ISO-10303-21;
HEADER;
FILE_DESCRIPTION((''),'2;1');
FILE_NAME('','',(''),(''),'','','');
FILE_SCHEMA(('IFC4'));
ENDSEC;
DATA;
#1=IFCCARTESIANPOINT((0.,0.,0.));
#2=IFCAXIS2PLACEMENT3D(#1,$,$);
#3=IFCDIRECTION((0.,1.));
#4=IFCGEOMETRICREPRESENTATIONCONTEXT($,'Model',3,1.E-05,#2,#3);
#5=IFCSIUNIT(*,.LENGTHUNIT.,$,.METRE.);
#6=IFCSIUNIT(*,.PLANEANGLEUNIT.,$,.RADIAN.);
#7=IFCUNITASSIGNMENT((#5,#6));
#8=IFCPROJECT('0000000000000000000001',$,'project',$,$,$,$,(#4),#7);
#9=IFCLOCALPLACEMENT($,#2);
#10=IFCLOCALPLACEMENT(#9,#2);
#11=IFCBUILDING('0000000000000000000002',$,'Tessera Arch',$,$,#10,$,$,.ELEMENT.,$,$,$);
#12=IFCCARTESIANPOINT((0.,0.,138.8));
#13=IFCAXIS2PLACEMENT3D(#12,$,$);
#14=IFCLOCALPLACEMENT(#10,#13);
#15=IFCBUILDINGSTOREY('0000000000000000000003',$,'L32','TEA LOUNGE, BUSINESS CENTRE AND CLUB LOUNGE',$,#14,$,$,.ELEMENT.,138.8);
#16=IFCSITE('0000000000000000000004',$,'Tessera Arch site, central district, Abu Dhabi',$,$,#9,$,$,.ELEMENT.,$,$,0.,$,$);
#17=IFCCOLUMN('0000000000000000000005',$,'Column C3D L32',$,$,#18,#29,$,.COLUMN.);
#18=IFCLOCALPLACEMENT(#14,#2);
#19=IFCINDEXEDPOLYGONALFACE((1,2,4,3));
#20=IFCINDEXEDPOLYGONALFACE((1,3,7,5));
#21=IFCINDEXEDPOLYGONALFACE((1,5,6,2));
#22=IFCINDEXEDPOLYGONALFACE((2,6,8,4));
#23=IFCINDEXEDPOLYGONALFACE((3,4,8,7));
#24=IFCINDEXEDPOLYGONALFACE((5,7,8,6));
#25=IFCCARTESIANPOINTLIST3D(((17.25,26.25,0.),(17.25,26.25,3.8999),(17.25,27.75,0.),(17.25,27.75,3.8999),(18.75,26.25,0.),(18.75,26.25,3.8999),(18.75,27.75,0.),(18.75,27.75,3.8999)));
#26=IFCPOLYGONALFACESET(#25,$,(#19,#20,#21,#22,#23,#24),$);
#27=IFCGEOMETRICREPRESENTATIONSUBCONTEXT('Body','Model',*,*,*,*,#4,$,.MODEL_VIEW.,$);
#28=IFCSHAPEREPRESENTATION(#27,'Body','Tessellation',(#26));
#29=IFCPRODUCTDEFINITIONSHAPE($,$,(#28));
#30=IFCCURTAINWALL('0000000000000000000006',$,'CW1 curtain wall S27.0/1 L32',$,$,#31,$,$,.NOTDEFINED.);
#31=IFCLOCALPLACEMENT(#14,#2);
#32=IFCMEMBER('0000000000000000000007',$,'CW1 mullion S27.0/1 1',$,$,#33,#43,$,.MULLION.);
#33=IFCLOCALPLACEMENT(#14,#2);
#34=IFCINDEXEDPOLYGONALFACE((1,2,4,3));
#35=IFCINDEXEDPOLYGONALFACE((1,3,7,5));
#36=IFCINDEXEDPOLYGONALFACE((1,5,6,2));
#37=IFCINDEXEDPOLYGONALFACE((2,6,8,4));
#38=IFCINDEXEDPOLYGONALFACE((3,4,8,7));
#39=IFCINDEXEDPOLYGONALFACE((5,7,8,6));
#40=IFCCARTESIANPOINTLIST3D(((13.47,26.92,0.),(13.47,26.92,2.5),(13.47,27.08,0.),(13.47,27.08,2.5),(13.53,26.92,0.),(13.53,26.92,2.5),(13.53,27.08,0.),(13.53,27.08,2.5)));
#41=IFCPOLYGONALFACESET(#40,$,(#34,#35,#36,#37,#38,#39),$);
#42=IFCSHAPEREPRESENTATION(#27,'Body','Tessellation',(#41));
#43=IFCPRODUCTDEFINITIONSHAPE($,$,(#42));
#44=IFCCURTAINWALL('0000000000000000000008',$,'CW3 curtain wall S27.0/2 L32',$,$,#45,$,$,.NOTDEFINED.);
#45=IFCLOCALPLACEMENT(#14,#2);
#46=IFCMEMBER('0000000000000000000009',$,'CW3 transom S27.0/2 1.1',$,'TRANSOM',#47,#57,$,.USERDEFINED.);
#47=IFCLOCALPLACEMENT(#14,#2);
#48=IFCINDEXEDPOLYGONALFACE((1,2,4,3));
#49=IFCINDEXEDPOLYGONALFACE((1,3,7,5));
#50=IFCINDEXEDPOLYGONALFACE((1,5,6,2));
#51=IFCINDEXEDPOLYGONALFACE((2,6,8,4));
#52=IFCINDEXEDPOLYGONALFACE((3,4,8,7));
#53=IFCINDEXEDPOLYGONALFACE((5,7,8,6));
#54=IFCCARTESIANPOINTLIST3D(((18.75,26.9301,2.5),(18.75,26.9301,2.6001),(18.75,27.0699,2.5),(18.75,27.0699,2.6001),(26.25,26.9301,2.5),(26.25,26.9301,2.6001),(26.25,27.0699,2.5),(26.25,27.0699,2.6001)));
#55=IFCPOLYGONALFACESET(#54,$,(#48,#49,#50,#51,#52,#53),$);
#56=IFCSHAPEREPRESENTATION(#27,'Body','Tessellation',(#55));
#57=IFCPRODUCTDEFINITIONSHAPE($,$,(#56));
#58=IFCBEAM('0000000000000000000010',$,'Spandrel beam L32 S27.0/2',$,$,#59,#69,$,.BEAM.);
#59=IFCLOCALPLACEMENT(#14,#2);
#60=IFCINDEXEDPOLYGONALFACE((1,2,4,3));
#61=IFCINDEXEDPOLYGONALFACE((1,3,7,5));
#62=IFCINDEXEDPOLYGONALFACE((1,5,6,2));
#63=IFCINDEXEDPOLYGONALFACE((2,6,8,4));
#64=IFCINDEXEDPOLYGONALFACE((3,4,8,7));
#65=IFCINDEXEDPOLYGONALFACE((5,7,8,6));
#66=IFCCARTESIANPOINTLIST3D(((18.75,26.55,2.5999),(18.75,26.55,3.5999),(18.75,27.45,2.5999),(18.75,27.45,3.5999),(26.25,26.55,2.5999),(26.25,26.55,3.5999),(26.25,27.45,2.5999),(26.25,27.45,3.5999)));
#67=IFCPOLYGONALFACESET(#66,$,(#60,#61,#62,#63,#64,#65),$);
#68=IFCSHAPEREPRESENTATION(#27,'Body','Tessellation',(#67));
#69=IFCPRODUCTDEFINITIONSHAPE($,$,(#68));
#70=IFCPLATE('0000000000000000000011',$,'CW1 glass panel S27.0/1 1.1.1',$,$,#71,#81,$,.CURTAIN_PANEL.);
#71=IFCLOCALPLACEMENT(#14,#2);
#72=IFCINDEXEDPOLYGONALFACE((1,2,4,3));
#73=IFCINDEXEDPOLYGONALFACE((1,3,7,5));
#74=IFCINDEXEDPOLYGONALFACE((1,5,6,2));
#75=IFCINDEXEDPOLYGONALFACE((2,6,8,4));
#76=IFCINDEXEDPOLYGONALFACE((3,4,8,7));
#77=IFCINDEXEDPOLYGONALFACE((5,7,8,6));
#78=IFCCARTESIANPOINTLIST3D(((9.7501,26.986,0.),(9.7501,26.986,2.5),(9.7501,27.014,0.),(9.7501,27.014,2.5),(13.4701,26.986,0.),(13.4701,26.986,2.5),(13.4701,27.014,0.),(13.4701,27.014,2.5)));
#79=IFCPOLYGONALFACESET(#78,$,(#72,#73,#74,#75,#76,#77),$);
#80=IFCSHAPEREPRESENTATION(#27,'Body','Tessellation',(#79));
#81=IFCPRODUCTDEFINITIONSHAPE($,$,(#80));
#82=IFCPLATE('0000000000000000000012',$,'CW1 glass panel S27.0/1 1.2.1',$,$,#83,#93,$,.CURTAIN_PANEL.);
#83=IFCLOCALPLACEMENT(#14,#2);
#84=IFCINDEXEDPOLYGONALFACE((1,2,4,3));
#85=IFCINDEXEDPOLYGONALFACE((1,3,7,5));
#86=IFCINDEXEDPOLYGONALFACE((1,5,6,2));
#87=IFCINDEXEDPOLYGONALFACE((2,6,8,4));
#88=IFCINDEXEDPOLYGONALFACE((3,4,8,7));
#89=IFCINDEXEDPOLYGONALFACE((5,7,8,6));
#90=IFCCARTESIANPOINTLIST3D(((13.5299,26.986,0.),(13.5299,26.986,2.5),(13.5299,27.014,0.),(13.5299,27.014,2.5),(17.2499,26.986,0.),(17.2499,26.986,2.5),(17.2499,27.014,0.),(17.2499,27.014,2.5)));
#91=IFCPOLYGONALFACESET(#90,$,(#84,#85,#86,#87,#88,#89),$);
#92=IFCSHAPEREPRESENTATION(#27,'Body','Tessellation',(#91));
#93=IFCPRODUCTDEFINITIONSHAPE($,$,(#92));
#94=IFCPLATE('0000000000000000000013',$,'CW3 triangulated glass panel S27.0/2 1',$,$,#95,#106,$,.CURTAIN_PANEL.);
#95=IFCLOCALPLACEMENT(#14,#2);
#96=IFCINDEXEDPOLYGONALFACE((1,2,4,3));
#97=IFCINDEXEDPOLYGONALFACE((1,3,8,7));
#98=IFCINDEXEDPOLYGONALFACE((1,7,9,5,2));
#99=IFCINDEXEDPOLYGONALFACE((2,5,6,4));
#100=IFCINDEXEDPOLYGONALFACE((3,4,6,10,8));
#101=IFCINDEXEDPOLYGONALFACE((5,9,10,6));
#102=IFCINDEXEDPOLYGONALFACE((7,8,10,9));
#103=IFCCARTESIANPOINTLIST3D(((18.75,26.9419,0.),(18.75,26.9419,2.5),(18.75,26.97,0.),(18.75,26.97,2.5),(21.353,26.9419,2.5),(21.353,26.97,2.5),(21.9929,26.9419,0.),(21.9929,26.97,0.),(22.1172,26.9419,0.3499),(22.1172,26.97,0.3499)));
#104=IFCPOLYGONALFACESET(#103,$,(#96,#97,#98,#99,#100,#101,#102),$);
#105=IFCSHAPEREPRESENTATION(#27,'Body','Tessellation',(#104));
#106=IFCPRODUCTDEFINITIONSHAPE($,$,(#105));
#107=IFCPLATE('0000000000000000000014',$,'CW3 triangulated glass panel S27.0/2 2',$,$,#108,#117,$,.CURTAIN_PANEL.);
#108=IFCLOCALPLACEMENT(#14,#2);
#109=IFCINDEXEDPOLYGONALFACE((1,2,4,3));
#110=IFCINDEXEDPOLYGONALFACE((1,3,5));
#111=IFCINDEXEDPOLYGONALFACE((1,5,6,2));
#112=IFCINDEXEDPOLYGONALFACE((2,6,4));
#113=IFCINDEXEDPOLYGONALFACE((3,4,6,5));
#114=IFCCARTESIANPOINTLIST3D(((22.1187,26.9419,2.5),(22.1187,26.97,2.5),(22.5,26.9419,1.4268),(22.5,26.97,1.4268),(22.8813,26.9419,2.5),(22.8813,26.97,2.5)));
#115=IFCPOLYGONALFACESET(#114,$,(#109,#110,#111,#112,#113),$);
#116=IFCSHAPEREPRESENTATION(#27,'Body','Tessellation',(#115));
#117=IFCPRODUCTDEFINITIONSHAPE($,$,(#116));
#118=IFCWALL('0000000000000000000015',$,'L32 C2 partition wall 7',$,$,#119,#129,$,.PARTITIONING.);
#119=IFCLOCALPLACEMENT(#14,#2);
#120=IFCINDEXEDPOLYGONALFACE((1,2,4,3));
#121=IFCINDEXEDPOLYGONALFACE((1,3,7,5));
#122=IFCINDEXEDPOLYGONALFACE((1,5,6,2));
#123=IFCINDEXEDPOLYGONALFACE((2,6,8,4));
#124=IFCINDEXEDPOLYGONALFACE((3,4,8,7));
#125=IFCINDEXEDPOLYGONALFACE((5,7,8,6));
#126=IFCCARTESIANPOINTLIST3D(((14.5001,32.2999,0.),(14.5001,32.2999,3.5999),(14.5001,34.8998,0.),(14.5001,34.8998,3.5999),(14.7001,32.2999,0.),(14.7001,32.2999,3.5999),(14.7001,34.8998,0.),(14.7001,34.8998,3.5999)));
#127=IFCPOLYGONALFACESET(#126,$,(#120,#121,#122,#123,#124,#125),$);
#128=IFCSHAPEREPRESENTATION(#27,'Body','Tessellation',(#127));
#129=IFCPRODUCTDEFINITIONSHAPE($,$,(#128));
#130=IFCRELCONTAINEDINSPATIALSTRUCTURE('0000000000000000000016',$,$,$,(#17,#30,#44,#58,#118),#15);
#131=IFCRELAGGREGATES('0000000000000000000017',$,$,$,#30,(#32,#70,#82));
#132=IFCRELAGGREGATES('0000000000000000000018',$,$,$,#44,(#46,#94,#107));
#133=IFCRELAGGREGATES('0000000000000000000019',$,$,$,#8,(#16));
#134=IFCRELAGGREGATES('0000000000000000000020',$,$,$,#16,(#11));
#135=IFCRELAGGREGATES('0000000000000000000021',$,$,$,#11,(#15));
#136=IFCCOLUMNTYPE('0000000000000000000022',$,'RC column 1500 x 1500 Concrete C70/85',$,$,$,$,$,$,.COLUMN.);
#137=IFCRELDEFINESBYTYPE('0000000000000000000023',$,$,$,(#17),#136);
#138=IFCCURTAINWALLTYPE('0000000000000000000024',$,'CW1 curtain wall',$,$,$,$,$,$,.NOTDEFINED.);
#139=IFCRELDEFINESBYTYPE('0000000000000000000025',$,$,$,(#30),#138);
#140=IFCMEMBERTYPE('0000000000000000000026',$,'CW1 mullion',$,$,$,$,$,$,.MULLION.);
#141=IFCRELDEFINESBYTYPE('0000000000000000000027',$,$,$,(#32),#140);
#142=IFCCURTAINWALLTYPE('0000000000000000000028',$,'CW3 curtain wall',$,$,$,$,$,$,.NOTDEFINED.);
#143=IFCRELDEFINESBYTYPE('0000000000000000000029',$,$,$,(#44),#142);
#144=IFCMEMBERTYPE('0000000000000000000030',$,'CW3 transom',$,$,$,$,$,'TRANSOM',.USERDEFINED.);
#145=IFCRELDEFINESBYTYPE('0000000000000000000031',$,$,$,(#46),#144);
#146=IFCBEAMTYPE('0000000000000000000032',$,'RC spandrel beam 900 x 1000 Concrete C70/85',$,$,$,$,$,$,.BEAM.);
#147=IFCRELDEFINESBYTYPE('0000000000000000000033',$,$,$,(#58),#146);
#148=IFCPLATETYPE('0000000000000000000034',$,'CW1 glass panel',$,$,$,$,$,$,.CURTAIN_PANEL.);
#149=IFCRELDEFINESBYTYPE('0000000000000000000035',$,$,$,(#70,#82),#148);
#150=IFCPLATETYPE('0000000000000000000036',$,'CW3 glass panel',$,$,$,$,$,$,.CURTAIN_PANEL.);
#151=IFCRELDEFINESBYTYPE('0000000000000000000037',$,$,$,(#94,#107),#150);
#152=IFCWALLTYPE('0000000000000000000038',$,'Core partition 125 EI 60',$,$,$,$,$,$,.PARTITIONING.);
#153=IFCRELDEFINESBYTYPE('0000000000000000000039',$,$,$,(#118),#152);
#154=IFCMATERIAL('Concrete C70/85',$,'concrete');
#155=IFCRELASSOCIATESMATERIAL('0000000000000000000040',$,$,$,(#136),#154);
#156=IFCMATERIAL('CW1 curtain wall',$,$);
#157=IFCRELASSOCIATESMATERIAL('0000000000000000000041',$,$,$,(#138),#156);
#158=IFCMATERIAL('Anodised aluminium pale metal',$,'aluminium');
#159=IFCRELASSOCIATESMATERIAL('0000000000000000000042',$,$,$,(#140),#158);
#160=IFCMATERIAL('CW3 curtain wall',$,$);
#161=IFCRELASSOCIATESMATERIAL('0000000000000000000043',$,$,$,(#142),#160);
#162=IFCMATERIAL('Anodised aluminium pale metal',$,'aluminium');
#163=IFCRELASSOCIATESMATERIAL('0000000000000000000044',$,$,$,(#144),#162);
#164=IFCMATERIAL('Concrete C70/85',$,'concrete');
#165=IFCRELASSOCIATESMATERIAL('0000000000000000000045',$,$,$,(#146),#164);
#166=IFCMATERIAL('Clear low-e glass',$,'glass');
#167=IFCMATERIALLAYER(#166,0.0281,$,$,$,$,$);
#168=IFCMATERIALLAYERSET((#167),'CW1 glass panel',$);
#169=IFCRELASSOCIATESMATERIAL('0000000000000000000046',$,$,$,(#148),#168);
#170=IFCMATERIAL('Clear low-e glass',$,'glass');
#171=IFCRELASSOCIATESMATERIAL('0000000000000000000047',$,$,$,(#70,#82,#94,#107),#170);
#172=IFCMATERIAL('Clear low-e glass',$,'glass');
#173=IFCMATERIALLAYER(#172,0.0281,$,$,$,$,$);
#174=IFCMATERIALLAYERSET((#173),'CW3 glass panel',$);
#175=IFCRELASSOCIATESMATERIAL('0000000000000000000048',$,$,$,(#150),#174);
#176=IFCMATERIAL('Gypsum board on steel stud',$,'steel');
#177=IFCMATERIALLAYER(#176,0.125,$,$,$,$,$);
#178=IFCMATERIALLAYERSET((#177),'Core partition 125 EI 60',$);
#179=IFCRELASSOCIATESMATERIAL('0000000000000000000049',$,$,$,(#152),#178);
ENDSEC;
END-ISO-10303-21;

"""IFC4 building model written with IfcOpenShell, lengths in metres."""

from ifc_helpers import new_model, si_unit, direction, frame, frame_2d, origin, origin_2d, place, context, subcontext, project, spatial, polyline, rectangle, outline, extrude, material, layer, layer_set, material_profile, profile_set, type_object, element, aggregate, save


model = new_model("IFC4")

# Units and contexts
model_context = context("Model", 3, precision=1e-05, world=origin(), true_north=direction((0.0, 1.0)))
body_context = subcontext(model_context, "Body", "Model", "MODEL_VIEW")
ifc_project = project(units=[si_unit("LENGTHUNIT", "METRE"), si_unit("PLANEANGLEUNIT", "RADIAN")], contexts=[model_context])

# Site, building, storey
site_placement = place(None, origin())
site = spatial("IfcSite", under=ifc_project, at=site_placement, Name="Tessera Arch site, central district, Abu Dhabi", CompositionType="ELEMENT", RefElevation=0.0)
building_placement = place(site_placement, origin())
building = spatial("IfcBuilding", under=site, at=building_placement, Name="Tessera Arch", CompositionType="ELEMENT")
storey_placement = place(building_placement, frame((0.0, 0.0, 138.8)))
storey = spatial("IfcBuildingStorey", under=building, at=storey_placement, Name="L32", Description="TEA LOUNGE, BUSINESS CENTRE AND CLUB LOUNGE", CompositionType="ELEMENT", Elevation=138.8)

# Column
ifc_material_1 = material(Name="Concrete C70/85", Category="concrete")
ifc_material_profile_1 = material_profile(ifc_material_1, rectangle(XDim=1.5, YDim=1.5, at=origin_2d()), Name="RC column 1500 x 1500 Concrete C70/85")
ifc_profile_set_1 = profile_set([ifc_material_profile_1], Name="Concrete C70/85")
column_type = type_object("IfcColumnType", Name="RC column 1500 x 1500 Concrete C70/85", PredefinedType="COLUMN", material=ifc_profile_set_1)
column_placement = place(storey_placement, frame((18.0, 27.0, 0.0), z_axis=(0.0, 0.0, 1.0), x_axis=(1.0, 0.0, 0.0)))
element("IfcColumn", 1, at=column_placement, inside=storey, type_object=column_type, Name="Column C3D L32", PredefinedType="COLUMN", context=body_context, shape_type="SweptSolid", body=[
    extrude(rectangle(XDim=1.5, YDim=1.5, at=origin_2d()), origin(), (0.0, 0.0, 1.0), 3.8999),
])

# Curtain walls, members
ifc_material_2 = material(Name="CW1 curtain wall")
curtain_wall_type_1 = type_object("IfcCurtainWallType", Name="CW1 curtain wall", PredefinedType="NOTDEFINED", material=ifc_material_2)
curtain_wall_1_placement = place(storey_placement, origin())
curtain_wall_1 = element("IfcCurtainWall", 2, at=curtain_wall_1_placement, inside=storey, type_object=curtain_wall_type_1, Name="CW1 curtain wall S27.0/1 L32", PredefinedType="NOTDEFINED")
ifc_material_3 = material(Name="Anodised aluminium pale metal", Category="aluminium")
ifc_material_profile_2 = material_profile(ifc_material_3, rectangle(XDim=0.1599, YDim=0.0601, at=origin_2d()), Name="AL 60x160")
ifc_profile_set_2 = profile_set([ifc_material_profile_2], Name="Anodised aluminium pale metal")
member_type_1 = type_object("IfcMemberType", Name="CW1 mullion", PredefinedType="MULLION", material=ifc_profile_set_2)
member_1_placement = place(storey_placement, frame((13.5, 27.0, 0.0), z_axis=(0.0, 0.0, 1.0), x_axis=(0.0, 1.0, 0.0)))
member_1 = element("IfcMember", 3, at=member_1_placement, type_object=member_type_1, Name="CW1 mullion S27.0/1 1", PredefinedType="MULLION", context=body_context, shape_type="SweptSolid", body=[
    extrude(rectangle(XDim=0.1599, YDim=0.0601, at=origin_2d()), origin(), (0.0, 0.0, 1.0), 2.5),
])
ifc_material_4 = material(Name="CW3 curtain wall")
curtain_wall_type_2 = type_object("IfcCurtainWallType", Name="CW3 curtain wall", PredefinedType="NOTDEFINED", material=ifc_material_4)
curtain_wall_2_placement = place(storey_placement, origin())
curtain_wall_2 = element("IfcCurtainWall", 4, at=curtain_wall_2_placement, inside=storey, type_object=curtain_wall_type_2, Name="CW3 curtain wall S27.0/2 L32", PredefinedType="NOTDEFINED")
ifc_material_5 = material(Name="Anodised aluminium pale metal", Category="aluminium")
ifc_material_profile_3 = material_profile(ifc_material_5, rectangle(XDim=0.1399, YDim=0.1001, at=origin_2d()), Name="AL 140x100")
ifc_profile_set_3 = profile_set([ifc_material_profile_3], Name="Anodised aluminium pale metal")
member_type_2 = type_object("IfcMemberType", Name="CW3 transom", ElementType="TRANSOM", PredefinedType="USERDEFINED", material=ifc_profile_set_3)
member_2_placement = place(storey_placement, frame((18.75, 27.0, 2.55), z_axis=(1.0, 0.0, 0.0), x_axis=(0.0, 1.0, 0.0)))
member_2 = element("IfcMember", 5, at=member_2_placement, type_object=member_type_2, Name="CW3 transom S27.0/2 1.1", ObjectType="TRANSOM", PredefinedType="USERDEFINED", context=body_context, shape_type="SweptSolid", body=[
    extrude(rectangle(XDim=0.1399, YDim=0.1001, at=origin_2d()), origin(), (0.0, 0.0, 1.0), 7.5),
])

# Beam
ifc_material_6 = material(Name="Concrete C70/85", Category="concrete")
ifc_material_profile_4 = material_profile(ifc_material_6, rectangle(XDim=0.8999, YDim=1.0, at=origin_2d()), Name="RC spandrel beam 900 x 1000 Concrete C70/85")
ifc_profile_set_4 = profile_set([ifc_material_profile_4], Name="Concrete C70/85")
beam_type = type_object("IfcBeamType", Name="RC spandrel beam 900 x 1000 Concrete C70/85", PredefinedType="BEAM", material=ifc_profile_set_4)
beam_placement = place(storey_placement, frame((18.75, 27.0, 3.0999), z_axis=(1.0, 0.0, 0.0), x_axis=(0.0, 1.0, 0.0)))
element("IfcBeam", 6, at=beam_placement, inside=storey, type_object=beam_type, Name="Spandrel beam L32 S27.0/2", PredefinedType="BEAM", context=body_context, shape_type="SweptSolid", body=[
    extrude(rectangle(XDim=0.8999, YDim=1.0, at=origin_2d()), origin(), (0.0, 0.0, 1.0), 7.5),
])

# Plates
ifc_material_7 = material(Name="Clear low-e glass", Category="glass")
ifc_material_8 = material(Name="Clear low-e glass", Category="glass")
ifc_layer_1 = layer(ifc_material_8, 0.0281)
ifc_layer_set_1 = layer_set([ifc_layer_1], Name="CW1 glass panel")
plate_type_1 = type_object("IfcPlateType", Name="CW1 glass panel", PredefinedType="CURTAIN_PANEL", material=ifc_layer_set_1)
plate_1_placement = place(storey_placement, frame((11.6101, 27.0, 0.0), z_axis=(0.0, 0.0, 1.0), x_axis=(1.0, 0.0, 0.0)))
plate_1 = element("IfcPlate", 7, at=plate_1_placement, type_object=plate_type_1, material=ifc_material_7, Name="CW1 glass panel S27.0/1 1.1.1", PredefinedType="CURTAIN_PANEL", context=body_context, shape_type="SweptSolid", body=[
    extrude(rectangle(XDim=3.72, YDim=0.0281, at=origin_2d()), origin(), (0.0, 0.0, 1.0), 2.5),
])
plate_2_placement = place(storey_placement, frame((15.3899, 27.0, 0.0), z_axis=(0.0, 0.0, 1.0), x_axis=(1.0, 0.0, 0.0)))
plate_2 = element("IfcPlate", 8, at=plate_2_placement, type_object=plate_type_1, material=ifc_material_7, Name="CW1 glass panel S27.0/1 1.2.1", PredefinedType="CURTAIN_PANEL", context=body_context, shape_type="SweptSolid", body=[
    extrude(rectangle(XDim=3.72, YDim=0.0281, at=origin_2d()), origin(), (0.0, 0.0, 1.0), 2.5),
])
aggregate(curtain_wall_1, [member_1, plate_1, plate_2])
ifc_material_9 = material(Name="Clear low-e glass", Category="glass")
ifc_layer_2 = layer(ifc_material_9, 0.0281)
ifc_layer_set_2 = layer_set([ifc_layer_2], Name="CW3 glass panel")
plate_type_2 = type_object("IfcPlateType", Name="CW3 glass panel", PredefinedType="CURTAIN_PANEL", material=ifc_layer_set_2)
plate_3_placement = place(storey_placement, frame((18.75, 26.9419, 0.0), z_axis=(0.0, -1.0, 0.0), x_axis=(1.0, 0.0, 0.0)))
plate_3 = element("IfcPlate", 9, at=plate_3_placement, type_object=plate_type_2, material=ifc_material_7, Name="CW3 triangulated glass panel S27.0/2 1", PredefinedType="CURTAIN_PANEL", context=body_context, shape_type="SweptSolid", body=[
    extrude(outline(polyline([(0.0, 0.0), (3.2429, 0.0), (3.3672, 0.3499), (2.603, 2.5), (0.0, 2.5), (0.0, 0.0)])), origin(), (0.0, 0.0, -1.0), 0.0281),
])
plate_4_placement = place(storey_placement, frame((22.8813, 26.9419, 2.5), z_axis=(0.0, -1.0, 0.0), x_axis=(-1.0, 0.0, 0.0)))
plate_4 = element("IfcPlate", 10, at=plate_4_placement, type_object=plate_type_2, material=ifc_material_7, Name="CW3 triangulated glass panel S27.0/2 2", PredefinedType="CURTAIN_PANEL", context=body_context, shape_type="SweptSolid", body=[
    extrude(outline(polyline([(0.0, 0.0), (0.7627, 0.0), (0.3813, 1.0732), (0.0, 0.0)])), origin(), (0.0, 0.0, -1.0), 0.0281),
])
aggregate(curtain_wall_2, [member_2, plate_3, plate_4])

# Wall
ifc_material_10 = material(Name="Gypsum board on steel stud", Category="steel")
ifc_layer_3 = layer(ifc_material_10, 0.125)
ifc_layer_set_3 = layer_set([ifc_layer_3], Name="Core partition 125 EI 60")
wall_type_1 = type_object("IfcWallType", Name="Core partition 125 EI 60", PredefinedType="PARTITIONING", material=ifc_layer_set_3)
wall_1_placement = place(storey_placement, frame((14.6001, 32.3, 0.0), z_axis=(0.0, 0.0, 1.0), x_axis=(0.0, 1.0, 0.0)))
element("IfcWall", 11, at=wall_1_placement, inside=storey, type_object=wall_type_1, Name="L32 C2 partition wall 7", PredefinedType="PARTITIONING", context=body_context, shape_type="SweptSolid", body=[
    extrude(rectangle(XDim=2.5999, YDim=0.2, at=frame_2d((1.2998, 0.0))), origin(), (0.0, 0.0, 1.0), 3.5999),
])

save(model, "model.ifc")
